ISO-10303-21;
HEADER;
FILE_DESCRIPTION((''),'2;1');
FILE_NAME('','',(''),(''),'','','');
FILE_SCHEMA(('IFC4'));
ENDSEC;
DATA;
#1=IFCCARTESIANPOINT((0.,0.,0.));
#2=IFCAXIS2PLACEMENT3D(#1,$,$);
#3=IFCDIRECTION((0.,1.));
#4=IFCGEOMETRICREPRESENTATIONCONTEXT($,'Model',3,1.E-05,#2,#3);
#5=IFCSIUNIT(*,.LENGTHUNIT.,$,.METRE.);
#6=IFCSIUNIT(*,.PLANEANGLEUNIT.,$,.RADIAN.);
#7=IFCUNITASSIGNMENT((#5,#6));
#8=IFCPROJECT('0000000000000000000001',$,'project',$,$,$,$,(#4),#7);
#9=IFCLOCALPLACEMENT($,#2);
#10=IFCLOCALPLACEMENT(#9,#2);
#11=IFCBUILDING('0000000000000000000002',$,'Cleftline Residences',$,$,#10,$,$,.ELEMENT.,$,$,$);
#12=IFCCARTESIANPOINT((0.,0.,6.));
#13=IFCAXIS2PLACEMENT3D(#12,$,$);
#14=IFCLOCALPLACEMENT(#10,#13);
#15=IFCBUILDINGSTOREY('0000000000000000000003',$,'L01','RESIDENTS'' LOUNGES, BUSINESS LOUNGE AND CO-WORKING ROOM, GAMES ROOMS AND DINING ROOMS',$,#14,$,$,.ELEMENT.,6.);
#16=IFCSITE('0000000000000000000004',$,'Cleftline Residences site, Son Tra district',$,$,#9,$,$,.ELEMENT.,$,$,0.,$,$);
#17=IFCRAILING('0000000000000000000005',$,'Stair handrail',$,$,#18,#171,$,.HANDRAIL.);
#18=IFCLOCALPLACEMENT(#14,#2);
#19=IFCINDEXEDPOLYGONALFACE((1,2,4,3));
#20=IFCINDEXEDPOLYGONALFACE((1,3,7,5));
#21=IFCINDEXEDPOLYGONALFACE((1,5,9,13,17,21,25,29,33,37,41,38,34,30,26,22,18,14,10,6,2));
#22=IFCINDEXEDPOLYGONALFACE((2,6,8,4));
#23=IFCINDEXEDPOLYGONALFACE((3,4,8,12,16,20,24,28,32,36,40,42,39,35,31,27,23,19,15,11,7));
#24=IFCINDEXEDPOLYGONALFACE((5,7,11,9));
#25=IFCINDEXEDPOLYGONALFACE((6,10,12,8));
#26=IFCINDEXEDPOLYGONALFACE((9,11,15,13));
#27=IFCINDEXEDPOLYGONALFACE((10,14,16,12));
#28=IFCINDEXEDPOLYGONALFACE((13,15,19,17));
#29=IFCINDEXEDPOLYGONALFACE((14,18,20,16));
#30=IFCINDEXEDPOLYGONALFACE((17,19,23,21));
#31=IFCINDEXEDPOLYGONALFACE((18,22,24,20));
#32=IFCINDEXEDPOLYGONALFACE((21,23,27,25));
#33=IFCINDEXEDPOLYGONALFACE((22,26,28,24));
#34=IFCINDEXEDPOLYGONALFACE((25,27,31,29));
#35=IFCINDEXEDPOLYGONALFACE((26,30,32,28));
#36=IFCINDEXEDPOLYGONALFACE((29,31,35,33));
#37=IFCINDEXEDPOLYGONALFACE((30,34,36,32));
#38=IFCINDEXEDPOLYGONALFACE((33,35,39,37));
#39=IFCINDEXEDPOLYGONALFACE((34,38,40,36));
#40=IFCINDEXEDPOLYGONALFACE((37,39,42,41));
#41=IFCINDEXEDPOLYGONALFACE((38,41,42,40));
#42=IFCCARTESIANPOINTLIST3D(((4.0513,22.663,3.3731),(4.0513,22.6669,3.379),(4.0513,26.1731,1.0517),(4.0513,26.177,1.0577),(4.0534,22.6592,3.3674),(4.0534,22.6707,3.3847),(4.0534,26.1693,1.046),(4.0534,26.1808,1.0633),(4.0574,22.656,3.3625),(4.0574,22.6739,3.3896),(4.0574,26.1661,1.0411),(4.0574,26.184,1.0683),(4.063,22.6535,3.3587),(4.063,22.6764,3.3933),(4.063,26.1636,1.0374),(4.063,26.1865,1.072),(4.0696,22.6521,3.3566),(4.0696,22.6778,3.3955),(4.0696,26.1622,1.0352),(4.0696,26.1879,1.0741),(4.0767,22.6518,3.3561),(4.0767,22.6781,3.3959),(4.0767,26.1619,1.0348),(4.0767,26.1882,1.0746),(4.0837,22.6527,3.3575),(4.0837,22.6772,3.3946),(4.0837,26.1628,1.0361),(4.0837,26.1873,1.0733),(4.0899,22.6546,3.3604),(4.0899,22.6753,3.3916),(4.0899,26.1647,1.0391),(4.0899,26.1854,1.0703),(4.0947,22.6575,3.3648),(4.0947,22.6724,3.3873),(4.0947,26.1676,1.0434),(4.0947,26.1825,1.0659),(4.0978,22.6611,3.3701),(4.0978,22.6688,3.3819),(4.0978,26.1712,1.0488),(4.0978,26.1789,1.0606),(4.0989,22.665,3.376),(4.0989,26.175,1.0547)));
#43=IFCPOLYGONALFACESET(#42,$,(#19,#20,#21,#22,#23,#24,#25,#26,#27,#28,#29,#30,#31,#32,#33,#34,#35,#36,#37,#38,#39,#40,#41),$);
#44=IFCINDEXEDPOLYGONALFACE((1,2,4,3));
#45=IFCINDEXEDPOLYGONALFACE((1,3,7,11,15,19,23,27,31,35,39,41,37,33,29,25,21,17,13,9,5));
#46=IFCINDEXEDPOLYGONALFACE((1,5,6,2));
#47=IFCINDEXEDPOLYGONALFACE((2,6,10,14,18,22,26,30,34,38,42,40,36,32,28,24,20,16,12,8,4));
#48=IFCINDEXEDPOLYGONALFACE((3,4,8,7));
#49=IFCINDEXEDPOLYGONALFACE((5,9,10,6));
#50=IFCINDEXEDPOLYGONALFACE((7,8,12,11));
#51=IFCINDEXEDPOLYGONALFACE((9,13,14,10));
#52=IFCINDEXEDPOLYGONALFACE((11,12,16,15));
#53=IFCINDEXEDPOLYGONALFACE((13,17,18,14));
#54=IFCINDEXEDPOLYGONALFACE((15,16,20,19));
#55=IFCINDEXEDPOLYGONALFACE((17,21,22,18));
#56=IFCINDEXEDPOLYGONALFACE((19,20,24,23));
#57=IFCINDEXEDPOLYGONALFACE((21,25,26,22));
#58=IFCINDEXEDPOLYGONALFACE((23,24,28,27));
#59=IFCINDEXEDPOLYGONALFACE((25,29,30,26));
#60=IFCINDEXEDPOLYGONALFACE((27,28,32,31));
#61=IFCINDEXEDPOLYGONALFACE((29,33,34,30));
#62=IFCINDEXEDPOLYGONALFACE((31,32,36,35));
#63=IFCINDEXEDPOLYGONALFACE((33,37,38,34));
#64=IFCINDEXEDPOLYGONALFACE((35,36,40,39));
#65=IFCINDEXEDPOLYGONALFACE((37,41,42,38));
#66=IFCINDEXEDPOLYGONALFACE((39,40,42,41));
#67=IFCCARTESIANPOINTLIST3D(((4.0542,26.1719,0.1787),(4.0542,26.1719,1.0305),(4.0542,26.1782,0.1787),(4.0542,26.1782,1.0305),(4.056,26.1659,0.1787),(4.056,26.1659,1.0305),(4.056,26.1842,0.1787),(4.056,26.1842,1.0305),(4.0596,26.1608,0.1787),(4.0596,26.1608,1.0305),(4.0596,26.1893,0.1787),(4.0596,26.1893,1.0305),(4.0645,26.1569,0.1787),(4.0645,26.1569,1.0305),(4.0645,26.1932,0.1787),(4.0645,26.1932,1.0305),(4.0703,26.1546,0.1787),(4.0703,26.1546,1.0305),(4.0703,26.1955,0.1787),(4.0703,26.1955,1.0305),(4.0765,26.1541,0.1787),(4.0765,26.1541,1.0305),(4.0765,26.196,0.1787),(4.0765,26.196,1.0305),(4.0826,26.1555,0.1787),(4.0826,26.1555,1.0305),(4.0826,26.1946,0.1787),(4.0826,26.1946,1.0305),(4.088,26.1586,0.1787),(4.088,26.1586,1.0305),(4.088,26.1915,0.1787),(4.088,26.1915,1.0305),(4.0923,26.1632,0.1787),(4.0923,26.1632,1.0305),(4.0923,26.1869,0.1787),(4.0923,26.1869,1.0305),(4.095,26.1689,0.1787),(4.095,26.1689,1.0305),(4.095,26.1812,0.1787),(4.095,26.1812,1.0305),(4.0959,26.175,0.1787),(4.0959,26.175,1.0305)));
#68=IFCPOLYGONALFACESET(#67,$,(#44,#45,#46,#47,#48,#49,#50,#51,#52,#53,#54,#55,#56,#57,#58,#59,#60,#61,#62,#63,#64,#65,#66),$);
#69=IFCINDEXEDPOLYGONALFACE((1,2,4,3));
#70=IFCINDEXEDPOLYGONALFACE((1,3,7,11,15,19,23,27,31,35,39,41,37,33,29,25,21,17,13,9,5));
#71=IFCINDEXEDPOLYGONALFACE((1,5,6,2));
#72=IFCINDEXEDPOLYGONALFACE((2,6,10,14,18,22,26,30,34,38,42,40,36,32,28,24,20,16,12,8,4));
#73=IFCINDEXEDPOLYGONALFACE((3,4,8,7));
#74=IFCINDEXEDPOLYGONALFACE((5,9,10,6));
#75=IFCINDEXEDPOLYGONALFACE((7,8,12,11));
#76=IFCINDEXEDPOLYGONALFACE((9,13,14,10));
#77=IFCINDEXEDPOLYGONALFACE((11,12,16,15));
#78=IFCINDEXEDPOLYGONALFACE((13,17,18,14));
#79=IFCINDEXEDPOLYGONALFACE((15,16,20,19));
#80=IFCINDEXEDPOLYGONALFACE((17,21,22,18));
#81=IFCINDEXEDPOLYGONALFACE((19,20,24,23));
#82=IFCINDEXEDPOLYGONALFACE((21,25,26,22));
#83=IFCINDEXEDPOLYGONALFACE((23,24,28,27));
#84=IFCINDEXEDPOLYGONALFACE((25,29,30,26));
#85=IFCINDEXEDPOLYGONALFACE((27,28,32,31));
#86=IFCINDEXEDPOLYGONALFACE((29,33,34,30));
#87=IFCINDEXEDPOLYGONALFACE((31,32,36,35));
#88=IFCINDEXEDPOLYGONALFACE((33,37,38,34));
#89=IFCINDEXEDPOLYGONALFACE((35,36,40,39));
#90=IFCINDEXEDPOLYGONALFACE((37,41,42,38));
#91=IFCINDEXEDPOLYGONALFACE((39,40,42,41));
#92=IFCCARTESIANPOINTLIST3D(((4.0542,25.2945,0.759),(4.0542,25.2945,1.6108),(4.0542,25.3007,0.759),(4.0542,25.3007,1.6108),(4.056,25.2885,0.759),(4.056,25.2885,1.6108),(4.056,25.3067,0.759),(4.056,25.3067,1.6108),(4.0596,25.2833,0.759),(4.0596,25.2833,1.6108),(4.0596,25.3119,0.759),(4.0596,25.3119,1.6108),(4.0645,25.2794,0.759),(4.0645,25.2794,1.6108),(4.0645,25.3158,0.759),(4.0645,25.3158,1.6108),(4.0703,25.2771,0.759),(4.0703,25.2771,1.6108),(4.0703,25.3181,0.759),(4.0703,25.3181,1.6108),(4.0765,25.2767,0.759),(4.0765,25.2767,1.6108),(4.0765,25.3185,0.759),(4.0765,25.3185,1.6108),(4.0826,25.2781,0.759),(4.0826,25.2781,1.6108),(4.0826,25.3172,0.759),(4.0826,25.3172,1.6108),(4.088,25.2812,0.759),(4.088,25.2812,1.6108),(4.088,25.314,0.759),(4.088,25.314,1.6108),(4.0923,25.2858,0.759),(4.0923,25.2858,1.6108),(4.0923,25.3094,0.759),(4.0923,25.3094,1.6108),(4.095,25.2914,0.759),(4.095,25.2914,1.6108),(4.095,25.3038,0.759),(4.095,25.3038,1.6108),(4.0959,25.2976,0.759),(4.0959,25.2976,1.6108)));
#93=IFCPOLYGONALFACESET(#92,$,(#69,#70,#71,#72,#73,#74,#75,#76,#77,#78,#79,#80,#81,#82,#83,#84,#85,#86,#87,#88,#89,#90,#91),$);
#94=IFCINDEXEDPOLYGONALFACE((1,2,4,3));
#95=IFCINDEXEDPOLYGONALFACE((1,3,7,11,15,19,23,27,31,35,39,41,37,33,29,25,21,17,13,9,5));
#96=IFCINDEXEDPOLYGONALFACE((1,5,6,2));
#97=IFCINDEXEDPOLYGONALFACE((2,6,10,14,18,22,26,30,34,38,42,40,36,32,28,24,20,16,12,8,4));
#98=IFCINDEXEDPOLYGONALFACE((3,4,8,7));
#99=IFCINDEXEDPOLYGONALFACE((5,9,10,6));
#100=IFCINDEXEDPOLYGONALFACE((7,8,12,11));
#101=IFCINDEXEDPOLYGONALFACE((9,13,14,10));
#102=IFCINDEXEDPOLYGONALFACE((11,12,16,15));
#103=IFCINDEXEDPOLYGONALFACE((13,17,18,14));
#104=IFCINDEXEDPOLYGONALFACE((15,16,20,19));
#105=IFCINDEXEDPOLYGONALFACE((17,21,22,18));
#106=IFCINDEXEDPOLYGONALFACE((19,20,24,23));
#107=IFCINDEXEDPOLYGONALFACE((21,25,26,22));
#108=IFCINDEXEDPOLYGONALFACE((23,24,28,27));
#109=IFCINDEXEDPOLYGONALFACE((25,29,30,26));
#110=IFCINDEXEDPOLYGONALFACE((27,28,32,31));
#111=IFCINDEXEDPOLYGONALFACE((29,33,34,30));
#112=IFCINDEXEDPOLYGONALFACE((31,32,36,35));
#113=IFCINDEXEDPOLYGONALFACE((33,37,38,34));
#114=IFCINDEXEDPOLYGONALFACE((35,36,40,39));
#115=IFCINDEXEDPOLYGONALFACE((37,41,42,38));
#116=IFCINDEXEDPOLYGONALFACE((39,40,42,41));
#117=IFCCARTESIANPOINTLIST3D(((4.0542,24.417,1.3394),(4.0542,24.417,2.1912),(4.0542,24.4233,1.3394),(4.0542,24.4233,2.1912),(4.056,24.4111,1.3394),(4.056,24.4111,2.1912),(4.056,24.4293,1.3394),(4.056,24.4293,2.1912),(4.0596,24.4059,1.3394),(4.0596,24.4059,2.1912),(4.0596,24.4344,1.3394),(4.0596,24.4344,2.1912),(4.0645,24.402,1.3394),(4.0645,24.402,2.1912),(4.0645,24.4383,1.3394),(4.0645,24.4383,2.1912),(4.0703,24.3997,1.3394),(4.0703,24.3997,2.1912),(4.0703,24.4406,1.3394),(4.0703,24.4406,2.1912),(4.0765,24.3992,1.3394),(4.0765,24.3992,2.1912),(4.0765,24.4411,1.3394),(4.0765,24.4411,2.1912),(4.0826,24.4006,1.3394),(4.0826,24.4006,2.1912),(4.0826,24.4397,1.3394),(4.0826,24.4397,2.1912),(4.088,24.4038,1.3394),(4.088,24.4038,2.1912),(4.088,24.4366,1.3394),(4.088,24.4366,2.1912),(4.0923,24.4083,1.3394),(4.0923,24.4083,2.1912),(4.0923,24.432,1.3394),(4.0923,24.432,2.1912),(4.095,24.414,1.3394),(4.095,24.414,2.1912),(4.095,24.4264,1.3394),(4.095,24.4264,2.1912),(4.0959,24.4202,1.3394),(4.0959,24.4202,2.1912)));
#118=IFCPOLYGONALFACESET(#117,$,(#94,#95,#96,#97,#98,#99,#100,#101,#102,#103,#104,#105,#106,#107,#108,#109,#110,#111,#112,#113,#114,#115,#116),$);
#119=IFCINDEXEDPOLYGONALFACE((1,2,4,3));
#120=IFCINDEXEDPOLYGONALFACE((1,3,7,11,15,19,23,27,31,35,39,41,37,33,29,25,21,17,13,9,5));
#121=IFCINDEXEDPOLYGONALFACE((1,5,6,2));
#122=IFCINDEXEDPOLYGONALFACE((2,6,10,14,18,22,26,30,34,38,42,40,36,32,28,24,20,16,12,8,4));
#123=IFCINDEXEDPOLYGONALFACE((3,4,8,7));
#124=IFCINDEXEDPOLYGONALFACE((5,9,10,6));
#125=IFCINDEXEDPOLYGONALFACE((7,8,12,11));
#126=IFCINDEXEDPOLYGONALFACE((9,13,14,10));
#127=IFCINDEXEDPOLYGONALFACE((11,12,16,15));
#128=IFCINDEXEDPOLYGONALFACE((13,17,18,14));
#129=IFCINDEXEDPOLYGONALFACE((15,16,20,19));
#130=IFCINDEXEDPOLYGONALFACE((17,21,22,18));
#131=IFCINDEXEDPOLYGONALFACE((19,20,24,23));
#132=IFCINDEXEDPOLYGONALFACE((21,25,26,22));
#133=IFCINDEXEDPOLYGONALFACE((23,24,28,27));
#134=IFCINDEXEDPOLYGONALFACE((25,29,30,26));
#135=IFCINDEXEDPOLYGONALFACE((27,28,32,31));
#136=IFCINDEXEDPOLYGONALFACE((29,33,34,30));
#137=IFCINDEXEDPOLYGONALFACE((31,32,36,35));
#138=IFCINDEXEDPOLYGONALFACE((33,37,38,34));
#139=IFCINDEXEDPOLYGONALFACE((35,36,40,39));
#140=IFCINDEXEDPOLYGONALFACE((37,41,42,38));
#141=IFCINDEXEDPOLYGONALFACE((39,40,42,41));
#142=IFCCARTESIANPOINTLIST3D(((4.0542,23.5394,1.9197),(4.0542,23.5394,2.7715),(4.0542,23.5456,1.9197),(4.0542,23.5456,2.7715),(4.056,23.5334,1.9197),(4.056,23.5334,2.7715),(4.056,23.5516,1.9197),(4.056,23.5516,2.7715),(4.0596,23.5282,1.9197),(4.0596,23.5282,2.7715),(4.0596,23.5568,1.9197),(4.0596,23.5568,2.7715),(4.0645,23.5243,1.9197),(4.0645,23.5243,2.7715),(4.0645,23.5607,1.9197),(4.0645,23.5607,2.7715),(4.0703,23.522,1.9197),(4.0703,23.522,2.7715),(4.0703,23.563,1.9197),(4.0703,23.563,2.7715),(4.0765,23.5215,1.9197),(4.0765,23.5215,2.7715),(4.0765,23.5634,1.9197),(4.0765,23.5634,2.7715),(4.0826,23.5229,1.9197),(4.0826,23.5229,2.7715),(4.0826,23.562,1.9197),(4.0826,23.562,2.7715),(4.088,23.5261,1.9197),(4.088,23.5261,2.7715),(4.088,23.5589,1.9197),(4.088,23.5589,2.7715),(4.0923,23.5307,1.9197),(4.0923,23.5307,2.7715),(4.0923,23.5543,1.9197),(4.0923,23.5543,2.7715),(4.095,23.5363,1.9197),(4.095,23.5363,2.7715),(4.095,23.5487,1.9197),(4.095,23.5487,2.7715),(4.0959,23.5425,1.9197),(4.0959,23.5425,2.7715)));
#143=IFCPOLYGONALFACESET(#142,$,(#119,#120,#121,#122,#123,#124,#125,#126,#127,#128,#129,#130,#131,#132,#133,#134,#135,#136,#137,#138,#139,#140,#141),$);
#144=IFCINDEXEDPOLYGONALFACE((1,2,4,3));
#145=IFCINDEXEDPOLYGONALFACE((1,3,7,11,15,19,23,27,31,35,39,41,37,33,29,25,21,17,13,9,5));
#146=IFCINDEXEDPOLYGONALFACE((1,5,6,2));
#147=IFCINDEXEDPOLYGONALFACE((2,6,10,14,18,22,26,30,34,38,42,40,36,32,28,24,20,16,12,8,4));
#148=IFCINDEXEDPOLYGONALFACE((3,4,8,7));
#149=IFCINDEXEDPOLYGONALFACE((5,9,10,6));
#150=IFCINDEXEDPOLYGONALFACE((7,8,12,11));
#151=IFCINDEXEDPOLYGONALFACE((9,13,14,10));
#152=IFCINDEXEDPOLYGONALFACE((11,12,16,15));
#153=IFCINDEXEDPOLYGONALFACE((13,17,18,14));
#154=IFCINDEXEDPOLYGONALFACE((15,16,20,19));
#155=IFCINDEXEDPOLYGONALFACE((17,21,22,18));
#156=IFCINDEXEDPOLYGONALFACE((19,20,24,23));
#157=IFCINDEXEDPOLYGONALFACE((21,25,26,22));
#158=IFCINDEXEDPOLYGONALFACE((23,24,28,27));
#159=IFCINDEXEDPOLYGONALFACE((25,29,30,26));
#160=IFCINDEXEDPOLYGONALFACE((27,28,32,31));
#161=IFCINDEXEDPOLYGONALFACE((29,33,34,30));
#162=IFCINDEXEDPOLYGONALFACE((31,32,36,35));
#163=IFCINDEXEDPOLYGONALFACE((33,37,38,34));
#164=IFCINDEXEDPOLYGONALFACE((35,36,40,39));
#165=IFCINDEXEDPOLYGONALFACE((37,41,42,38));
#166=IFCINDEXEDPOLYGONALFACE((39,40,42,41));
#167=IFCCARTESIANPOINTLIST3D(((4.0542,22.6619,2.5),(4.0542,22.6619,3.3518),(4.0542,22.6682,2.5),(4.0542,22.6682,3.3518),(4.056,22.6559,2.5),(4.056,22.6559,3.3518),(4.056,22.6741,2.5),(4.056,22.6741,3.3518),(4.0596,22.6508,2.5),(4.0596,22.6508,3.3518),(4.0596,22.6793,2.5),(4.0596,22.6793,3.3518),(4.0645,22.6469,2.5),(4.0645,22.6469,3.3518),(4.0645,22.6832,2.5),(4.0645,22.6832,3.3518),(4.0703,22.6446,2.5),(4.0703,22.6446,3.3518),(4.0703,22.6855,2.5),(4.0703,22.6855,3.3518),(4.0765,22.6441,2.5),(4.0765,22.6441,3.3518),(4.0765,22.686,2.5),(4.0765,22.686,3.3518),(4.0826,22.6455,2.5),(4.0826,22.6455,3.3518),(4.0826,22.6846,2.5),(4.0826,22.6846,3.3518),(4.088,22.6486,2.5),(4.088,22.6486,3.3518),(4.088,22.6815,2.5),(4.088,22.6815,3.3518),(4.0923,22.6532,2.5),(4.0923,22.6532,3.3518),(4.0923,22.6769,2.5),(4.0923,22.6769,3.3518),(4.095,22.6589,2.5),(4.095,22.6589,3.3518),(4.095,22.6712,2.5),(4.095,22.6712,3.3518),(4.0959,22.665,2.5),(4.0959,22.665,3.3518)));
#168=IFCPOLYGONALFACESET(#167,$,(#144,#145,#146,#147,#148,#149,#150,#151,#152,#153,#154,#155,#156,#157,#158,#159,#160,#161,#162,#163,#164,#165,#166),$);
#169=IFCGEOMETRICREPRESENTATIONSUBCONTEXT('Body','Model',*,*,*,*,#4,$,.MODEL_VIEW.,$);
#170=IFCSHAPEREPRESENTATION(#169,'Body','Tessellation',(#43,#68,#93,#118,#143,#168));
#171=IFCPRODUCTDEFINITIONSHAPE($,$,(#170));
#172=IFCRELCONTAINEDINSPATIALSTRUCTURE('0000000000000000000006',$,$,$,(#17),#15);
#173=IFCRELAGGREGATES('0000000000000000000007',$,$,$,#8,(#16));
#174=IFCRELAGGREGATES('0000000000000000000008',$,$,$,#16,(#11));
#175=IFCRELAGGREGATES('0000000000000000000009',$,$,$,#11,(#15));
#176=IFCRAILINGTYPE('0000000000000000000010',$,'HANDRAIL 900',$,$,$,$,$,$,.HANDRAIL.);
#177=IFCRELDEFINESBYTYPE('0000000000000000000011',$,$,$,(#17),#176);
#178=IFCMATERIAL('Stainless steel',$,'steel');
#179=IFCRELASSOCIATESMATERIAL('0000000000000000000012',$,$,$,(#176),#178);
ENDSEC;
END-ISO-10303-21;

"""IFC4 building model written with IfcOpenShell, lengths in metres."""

from ifc_helpers import new_model, si_unit, direction, frame, origin, origin_2d, place, context, subcontext, project, spatial, circle, extrude, material, type_object, element, save


model = new_model("IFC4")

# Units and contexts
model_context = context("Model", 3, precision=1e-05, world=origin(), true_north=direction((0.0, 1.0)))
body_context = subcontext(model_context, "Body", "Model", "MODEL_VIEW")
ifc_project = project(units=[si_unit("LENGTHUNIT", "METRE"), si_unit("PLANEANGLEUNIT", "RADIAN")], contexts=[model_context])

# Site, building, storey
site_placement = place(None, origin())
site = spatial("IfcSite", under=ifc_project, at=site_placement, Name="Cleftline Residences site, Son Tra district", CompositionType="ELEMENT", RefElevation=0.0)
building_placement = place(site_placement, origin())
building = spatial("IfcBuilding", under=site, at=building_placement, Name="Cleftline Residences", CompositionType="ELEMENT")
storey_placement = place(building_placement, frame((0.0, 0.0, 6.0)))
storey = spatial("IfcBuildingStorey", under=building, at=storey_placement, Name="L01", Description="RESIDENTS' LOUNGES, BUSINESS LOUNGE AND CO-WORKING ROOM, GAMES ROOMS AND DINING ROOMS", CompositionType="ELEMENT", Elevation=6.0)

# Railing
ifc_material_1 = material(Name="Stainless steel", Category="steel")
railing_type = type_object("IfcRailingType", Name="HANDRAIL 900", PredefinedType="HANDRAIL", material=ifc_material_1)
railing_1_placement = place(storey_placement, frame((4.075, 26.175, 0.1787)))
element("IfcRailing", 1, at=railing_1_placement, inside=storey, type_object=railing_type, Name="Stair handrail", PredefinedType="HANDRAIL", context=body_context, shape_type="SweptSolid", body=[
    extrude(circle(Radius=0.0239, at=origin_2d()), frame((0.0, 0.0, 0.876), z_axis=(0.0, -0.834097, 0.551617), x_axis=(1.0, 0.0, 0.0)), (0.0, 0.0, 1.0), 4.2083),
    extrude(circle(Radius=0.021, at=origin_2d()), origin(), (0.0, 0.0, 1.0), 0.8518),
    extrude(circle(Radius=0.021, at=origin_2d()), frame((0.0, -0.8774, 0.5803)), (0.0, 0.0, 1.0), 0.8518),
    extrude(circle(Radius=0.021, at=origin_2d()), frame((0.0, -1.7549, 1.1606)), (0.0, 0.0, 1.0), 0.8518),
    extrude(circle(Radius=0.021, at=origin_2d()), frame((0.0, -2.6326, 1.741)), (0.0, 0.0, 1.0), 0.8518),
    extrude(circle(Radius=0.021, at=origin_2d()), frame((0.0, -3.51, 2.3213)), (0.0, 0.0, 1.0), 0.8518),
])

save(model, "model.ifc")
